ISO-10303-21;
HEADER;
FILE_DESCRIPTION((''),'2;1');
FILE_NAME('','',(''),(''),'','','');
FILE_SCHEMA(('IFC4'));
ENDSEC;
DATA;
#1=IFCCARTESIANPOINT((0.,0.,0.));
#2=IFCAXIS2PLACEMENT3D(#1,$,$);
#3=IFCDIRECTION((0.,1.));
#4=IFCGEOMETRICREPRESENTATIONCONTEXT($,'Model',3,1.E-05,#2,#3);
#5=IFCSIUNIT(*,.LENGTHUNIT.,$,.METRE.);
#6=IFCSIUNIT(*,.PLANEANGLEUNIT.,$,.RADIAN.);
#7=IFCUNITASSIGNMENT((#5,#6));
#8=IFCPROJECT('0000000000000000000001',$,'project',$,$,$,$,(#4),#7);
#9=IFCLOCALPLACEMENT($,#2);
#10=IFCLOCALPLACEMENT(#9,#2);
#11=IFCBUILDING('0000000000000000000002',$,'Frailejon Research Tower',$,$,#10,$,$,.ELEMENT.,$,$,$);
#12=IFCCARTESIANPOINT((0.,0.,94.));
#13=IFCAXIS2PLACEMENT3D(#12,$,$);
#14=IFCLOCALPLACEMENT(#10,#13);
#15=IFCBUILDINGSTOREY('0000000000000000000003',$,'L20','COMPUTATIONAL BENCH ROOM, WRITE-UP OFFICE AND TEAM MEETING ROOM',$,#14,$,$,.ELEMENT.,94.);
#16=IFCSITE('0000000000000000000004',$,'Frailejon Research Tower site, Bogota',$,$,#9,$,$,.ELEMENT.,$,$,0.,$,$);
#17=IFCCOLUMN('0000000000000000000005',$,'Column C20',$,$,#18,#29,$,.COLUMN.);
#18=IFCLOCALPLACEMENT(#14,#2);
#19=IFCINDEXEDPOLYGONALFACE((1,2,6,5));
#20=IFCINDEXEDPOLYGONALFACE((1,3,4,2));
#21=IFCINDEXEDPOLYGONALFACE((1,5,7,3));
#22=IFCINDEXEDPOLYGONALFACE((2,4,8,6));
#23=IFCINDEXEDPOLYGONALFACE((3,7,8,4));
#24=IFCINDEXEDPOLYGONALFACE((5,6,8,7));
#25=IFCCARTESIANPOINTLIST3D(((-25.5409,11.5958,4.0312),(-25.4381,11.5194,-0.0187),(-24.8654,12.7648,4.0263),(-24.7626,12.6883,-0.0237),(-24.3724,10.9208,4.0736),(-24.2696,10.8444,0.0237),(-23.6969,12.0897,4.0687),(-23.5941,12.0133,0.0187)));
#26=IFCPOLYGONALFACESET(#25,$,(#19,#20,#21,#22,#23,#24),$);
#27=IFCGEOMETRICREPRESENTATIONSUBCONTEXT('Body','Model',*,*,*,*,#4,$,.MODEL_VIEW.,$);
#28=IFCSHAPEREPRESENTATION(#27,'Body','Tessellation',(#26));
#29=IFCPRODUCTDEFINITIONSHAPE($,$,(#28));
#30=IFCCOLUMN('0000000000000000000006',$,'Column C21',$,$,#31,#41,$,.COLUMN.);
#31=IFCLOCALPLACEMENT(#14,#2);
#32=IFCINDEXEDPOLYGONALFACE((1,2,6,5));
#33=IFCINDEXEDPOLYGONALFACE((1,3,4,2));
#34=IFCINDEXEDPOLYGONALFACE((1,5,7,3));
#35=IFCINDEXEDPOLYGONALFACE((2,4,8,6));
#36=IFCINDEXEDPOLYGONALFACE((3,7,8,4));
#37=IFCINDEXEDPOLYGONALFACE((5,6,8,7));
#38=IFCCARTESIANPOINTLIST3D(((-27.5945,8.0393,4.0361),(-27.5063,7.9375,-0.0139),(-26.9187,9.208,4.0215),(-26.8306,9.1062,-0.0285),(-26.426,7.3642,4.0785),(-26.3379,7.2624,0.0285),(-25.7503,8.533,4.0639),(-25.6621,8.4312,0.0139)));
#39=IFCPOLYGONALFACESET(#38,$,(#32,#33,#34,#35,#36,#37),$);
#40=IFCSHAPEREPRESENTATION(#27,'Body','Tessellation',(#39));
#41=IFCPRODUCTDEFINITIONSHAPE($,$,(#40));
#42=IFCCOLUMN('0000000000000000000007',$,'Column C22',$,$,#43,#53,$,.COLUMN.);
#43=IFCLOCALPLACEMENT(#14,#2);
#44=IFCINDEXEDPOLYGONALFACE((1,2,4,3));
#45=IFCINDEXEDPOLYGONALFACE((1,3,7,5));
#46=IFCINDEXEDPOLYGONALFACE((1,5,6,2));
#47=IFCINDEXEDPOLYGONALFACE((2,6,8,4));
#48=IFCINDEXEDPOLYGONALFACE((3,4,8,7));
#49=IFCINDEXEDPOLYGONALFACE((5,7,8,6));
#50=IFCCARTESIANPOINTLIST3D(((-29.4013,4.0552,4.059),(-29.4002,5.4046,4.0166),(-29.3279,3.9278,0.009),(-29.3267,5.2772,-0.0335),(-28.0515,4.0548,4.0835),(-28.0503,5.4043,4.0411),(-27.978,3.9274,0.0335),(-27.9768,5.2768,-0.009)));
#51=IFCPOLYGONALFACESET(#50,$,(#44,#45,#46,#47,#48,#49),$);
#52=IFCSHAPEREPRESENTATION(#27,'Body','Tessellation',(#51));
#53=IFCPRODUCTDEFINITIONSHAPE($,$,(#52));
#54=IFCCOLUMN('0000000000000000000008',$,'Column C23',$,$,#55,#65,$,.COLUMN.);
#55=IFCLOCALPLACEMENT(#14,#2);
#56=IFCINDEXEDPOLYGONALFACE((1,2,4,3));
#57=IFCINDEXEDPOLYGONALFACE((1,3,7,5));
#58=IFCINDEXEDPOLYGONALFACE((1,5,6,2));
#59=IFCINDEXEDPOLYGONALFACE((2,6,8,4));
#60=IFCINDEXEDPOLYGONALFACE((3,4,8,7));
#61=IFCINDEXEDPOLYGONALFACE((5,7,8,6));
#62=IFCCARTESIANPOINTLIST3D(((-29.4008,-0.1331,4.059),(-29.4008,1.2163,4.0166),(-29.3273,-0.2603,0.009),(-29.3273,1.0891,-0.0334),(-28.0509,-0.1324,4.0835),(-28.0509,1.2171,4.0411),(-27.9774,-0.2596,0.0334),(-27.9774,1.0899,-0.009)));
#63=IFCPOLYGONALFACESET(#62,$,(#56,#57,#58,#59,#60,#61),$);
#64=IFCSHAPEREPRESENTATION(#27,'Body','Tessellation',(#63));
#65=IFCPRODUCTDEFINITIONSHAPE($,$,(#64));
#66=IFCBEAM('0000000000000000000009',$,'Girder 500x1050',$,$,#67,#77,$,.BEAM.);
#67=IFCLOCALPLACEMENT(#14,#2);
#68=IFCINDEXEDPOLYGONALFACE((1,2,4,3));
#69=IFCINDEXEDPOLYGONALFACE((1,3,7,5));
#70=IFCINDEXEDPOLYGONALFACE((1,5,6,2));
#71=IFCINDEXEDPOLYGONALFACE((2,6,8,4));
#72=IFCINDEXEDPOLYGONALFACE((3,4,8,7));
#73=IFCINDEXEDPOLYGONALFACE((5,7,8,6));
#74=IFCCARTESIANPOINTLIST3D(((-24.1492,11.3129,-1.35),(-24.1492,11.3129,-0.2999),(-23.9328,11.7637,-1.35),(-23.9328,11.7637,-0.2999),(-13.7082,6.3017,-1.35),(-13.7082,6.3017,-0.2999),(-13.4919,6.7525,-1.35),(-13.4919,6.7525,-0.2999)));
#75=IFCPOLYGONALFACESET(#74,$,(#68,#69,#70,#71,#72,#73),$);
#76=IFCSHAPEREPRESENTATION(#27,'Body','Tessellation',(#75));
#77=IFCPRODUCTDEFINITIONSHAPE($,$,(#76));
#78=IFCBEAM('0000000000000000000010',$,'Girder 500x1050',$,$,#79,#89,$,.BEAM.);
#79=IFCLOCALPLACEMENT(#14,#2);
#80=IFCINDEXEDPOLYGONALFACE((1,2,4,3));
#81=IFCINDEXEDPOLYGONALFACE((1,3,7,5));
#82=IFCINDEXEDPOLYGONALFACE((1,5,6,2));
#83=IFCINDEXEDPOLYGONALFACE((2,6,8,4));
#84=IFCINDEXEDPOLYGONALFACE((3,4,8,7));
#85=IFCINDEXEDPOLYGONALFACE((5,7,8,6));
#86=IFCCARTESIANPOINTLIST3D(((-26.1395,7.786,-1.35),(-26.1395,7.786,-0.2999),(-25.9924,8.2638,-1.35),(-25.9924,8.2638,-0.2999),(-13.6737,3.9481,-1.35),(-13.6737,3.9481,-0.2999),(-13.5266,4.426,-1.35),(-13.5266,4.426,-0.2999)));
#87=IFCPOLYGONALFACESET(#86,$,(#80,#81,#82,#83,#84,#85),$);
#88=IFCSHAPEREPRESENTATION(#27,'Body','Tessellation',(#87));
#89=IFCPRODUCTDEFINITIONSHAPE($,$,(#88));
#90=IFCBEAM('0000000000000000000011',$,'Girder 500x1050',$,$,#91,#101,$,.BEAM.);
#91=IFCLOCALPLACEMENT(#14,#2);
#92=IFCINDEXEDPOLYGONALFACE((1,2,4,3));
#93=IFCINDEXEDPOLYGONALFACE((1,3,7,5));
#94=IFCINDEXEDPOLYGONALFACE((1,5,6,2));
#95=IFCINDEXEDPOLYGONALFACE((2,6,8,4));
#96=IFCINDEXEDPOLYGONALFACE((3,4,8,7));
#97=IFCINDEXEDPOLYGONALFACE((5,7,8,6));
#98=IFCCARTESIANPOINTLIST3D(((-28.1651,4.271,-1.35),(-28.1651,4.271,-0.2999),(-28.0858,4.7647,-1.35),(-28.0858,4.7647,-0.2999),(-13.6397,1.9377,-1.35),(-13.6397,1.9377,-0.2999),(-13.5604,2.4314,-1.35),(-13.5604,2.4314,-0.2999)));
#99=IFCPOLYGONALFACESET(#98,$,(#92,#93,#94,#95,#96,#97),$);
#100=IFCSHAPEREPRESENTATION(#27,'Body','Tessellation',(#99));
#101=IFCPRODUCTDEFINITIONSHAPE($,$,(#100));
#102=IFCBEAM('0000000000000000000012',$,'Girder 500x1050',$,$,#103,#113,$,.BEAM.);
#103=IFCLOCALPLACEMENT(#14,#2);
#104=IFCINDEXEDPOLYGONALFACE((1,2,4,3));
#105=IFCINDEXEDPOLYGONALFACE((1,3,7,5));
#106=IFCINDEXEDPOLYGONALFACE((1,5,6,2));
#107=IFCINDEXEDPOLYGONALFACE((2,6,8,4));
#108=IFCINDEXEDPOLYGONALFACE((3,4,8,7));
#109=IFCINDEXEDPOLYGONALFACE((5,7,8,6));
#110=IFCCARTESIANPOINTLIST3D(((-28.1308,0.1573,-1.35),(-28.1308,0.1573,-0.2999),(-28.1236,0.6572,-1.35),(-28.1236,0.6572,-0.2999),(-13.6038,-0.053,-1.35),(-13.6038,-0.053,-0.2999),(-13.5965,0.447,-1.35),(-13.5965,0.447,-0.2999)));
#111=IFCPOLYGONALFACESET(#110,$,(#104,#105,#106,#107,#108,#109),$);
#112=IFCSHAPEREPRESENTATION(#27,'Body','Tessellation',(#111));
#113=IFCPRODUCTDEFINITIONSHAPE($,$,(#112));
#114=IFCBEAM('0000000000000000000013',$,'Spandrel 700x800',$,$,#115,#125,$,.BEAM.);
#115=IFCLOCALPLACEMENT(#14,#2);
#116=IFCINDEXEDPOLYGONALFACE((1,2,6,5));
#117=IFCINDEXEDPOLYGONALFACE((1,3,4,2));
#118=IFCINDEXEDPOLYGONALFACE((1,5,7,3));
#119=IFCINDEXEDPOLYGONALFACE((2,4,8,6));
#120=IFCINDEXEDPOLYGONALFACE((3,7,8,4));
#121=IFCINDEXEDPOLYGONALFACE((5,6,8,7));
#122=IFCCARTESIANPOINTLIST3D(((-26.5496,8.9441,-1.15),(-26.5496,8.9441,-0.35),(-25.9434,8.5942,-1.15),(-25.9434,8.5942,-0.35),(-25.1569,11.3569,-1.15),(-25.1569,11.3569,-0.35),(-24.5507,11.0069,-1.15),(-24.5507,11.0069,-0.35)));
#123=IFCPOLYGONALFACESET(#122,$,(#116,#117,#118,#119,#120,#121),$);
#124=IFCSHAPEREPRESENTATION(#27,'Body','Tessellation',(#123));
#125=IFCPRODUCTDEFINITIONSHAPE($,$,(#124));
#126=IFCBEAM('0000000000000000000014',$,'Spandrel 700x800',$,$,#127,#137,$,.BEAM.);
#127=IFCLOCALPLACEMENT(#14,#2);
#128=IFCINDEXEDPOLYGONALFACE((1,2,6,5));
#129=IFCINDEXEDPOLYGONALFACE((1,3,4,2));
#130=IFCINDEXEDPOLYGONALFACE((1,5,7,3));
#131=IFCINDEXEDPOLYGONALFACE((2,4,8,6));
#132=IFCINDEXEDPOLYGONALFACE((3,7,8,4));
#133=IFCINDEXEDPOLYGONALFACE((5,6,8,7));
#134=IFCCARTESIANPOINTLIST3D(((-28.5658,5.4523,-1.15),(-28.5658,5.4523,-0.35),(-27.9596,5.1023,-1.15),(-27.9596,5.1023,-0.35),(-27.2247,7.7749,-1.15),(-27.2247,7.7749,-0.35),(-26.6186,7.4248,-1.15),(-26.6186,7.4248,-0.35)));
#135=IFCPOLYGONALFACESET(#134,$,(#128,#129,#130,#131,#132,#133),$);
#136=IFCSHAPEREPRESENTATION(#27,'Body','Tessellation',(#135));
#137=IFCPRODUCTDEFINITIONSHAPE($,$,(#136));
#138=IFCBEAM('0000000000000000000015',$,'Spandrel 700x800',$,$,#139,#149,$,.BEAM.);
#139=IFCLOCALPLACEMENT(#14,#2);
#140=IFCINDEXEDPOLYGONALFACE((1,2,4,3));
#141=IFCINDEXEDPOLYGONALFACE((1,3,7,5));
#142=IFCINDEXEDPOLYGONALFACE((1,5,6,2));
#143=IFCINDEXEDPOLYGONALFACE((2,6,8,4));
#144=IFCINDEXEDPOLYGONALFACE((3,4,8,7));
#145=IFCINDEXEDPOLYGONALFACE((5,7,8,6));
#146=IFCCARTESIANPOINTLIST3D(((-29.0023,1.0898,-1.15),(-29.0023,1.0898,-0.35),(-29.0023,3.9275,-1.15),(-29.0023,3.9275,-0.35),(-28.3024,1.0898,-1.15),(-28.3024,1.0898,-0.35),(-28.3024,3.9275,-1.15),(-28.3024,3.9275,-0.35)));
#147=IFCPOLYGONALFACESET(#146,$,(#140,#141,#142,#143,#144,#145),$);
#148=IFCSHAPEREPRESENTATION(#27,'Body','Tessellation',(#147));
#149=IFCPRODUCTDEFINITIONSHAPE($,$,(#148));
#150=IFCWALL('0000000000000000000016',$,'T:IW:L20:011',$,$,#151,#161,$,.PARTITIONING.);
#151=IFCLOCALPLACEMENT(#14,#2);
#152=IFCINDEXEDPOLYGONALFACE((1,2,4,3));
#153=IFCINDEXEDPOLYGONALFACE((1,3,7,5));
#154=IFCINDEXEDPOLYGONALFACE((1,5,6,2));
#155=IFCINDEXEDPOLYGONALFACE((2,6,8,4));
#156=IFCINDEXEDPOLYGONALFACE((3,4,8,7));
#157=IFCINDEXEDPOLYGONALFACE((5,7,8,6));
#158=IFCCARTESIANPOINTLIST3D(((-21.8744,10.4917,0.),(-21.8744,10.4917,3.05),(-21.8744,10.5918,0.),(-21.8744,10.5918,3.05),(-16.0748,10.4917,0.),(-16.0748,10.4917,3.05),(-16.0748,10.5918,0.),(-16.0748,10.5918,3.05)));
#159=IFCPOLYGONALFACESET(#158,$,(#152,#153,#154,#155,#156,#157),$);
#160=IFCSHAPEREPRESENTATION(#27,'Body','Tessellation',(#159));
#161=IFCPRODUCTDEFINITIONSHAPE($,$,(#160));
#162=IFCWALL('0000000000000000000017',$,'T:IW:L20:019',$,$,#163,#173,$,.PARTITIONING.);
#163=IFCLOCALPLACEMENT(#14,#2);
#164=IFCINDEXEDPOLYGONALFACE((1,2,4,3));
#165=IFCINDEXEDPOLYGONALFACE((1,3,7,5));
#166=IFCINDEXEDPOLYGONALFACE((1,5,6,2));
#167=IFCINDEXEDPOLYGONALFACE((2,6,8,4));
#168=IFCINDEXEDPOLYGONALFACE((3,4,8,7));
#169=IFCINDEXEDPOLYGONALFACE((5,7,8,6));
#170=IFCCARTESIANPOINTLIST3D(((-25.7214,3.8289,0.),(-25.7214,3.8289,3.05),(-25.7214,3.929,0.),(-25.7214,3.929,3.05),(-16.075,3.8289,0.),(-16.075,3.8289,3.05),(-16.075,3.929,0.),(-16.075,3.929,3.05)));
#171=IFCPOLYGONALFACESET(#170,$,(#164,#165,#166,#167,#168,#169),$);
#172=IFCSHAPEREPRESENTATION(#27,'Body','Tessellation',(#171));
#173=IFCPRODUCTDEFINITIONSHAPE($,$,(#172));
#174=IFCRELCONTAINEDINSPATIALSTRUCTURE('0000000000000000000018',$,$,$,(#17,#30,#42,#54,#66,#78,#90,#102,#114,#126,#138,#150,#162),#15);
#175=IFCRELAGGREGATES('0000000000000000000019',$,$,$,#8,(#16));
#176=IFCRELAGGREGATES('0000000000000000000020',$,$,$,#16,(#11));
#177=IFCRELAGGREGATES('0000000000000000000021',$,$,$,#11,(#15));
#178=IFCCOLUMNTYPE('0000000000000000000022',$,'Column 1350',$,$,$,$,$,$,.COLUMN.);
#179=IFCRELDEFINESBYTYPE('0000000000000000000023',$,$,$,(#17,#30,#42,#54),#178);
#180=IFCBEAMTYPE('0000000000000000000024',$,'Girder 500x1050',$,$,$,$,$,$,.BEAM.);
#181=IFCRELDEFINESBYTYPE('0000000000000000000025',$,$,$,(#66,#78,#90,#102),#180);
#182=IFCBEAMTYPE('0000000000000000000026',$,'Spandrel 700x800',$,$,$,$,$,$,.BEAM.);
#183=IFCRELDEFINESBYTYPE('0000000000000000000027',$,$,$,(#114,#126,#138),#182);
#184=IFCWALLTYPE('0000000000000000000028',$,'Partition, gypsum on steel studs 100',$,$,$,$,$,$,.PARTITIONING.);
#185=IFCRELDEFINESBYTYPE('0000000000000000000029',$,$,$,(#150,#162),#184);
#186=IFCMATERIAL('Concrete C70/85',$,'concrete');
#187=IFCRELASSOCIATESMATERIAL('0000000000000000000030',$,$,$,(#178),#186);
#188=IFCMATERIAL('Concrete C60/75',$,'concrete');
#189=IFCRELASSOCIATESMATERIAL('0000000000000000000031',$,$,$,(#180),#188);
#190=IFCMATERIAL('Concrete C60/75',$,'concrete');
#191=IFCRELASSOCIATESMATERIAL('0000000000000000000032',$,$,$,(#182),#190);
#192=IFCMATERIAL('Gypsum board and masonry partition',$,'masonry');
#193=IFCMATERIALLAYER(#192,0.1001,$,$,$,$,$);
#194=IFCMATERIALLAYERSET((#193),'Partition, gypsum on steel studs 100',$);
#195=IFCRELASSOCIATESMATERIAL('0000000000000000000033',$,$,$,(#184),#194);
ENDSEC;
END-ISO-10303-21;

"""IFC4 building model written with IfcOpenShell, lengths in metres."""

from ifc_helpers import new_model, si_unit, direction, frame, frame_2d, origin, origin_2d, place, context, subcontext, project, spatial, rectangle, extrude, material, layer, layer_set, material_profile, profile_set, type_object, element, save


model = new_model("IFC4")

# Units and contexts
model_context = context("Model", 3, precision=1e-05, world=origin(), true_north=direction((0.0, 1.0)))
body_context = subcontext(model_context, "Body", "Model", "MODEL_VIEW")
ifc_project = project(units=[si_unit("LENGTHUNIT", "METRE"), si_unit("PLANEANGLEUNIT", "RADIAN")], contexts=[model_context])

# Site, building, storey
site_placement = place(None, origin())
site = spatial("IfcSite", under=ifc_project, at=site_placement, Name="Frailejon Research Tower site, Bogota", CompositionType="ELEMENT", RefElevation=0.0)
building_placement = place(site_placement, origin())
building = spatial("IfcBuilding", under=site, at=building_placement, Name="Frailejon Research Tower", CompositionType="ELEMENT")
storey_placement = place(building_placement, frame((0.0, 0.0, 94.0)))
storey = spatial("IfcBuildingStorey", under=building, at=storey_placement, Name="L20", Description="COMPUTATIONAL BENCH ROOM, WRITE-UP OFFICE AND TEAM MEETING ROOM", CompositionType="ELEMENT", Elevation=94.0)

# Columns
ifc_material_1 = material(Name="Concrete C70/85", Category="concrete")
ifc_material_profile_1 = material_profile(ifc_material_1, rectangle(XDim=1.3501, YDim=1.3501, at=origin_2d()), Name="Column 1350")
ifc_profile_set_1 = profile_set([ifc_material_profile_1], Name="Concrete C70/85")
column_type = type_object("IfcColumnType", Name="Column 1350", PredefinedType="COLUMN", material=ifc_profile_set_1)
column_1_placement = place(storey_placement, frame((-24.5161, 11.7664, 0.0), z_axis=(-0.025366, 0.018858, 0.9995), x_axis=(-0.500322, -0.865832, 0.003639)))
element("IfcColumn", 1, at=column_1_placement, inside=storey, type_object=column_type, Name="Column C20", PredefinedType="COLUMN", context=body_context, shape_type="SweptSolid", body=[
    extrude(rectangle(XDim=1.3501, YDim=1.3501, at=origin_2d()), origin(), (0.0, 0.0, 1.0), 4.052),
])
column_2_placement = place(storey_placement, frame((-26.5842, 8.1843, 0.0), z_axis=(-0.021749, 0.025123, 0.999448), x_axis=(-0.500502, -0.865667, 0.010869)))
element("IfcColumn", 2, at=column_2_placement, inside=storey, type_object=column_type, Name="Column C21", PredefinedType="COLUMN", context=body_context, shape_type="SweptSolid", body=[
    extrude(rectangle(XDim=1.3501, YDim=1.3501, at=origin_2d()), origin(), (0.0, 0.0, 1.0), 4.0522),
])
for number, where, z_axis, x_axis, name in (
    (3, (-28.6523, 4.6023, 0.0), (-0.018133, 0.031446, 0.999341), (-0.000853, -0.999505, 0.031436), "Column C22"),
    (4, (-28.6523, 0.4148, 0.0), (-0.018133, 0.031386, 0.999343), (-0.000022, -0.999507, 0.03139), "Column C23"),
):
    element("IfcColumn", number, at=place(storey_placement, frame(where, z_axis=z_axis, x_axis=x_axis)), inside=storey, type_object=column_type, Name=name, PredefinedType="COLUMN", context=body_context, shape_type="SweptSolid", body=[
        extrude(rectangle(XDim=1.3501, YDim=1.3501, at=origin_2d()), origin(), (0.0, 0.0, 1.0), 4.0527),
    ])

# Beams
ifc_material_2 = material(Name="Concrete C60/75", Category="concrete")
ifc_material_profile_2 = material_profile(ifc_material_2, rectangle(XDim=0.5, YDim=1.05, at=origin_2d()), Name="Girder 500x1050")
ifc_profile_set_2 = profile_set([ifc_material_profile_2], Name="Concrete C60/75")
beam_type_1 = type_object("IfcBeamType", Name="Girder 500x1050", PredefinedType="BEAM", material=ifc_profile_set_2)
beam_1_placement = place(storey_placement, frame((-24.041, 11.5383, -0.825), z_axis=(0.901537, -0.432702, 0.0), x_axis=(0.432702, 0.901537, 0.0)))
element("IfcBeam", 5, at=beam_1_placement, inside=storey, type_object=beam_type_1, Name="Girder 500x1050", PredefinedType="BEAM", context=body_context, shape_type="SweptSolid", body=[
    extrude(rectangle(XDim=0.5, YDim=1.05, at=origin_2d()), origin(), (0.0, 0.0, 1.0), 11.5813),
])
beam_2_placement = place(storey_placement, frame((-26.0659, 8.0249, -0.825), z_axis=(0.95573, -0.294244, 0.0), x_axis=(0.294244, 0.95573, 0.0)))
element("IfcBeam", 6, at=beam_2_placement, inside=storey, type_object=beam_type_1, Name="Girder 500x1050", PredefinedType="BEAM", context=body_context, shape_type="SweptSolid", body=[
    extrude(rectangle(XDim=0.5, YDim=1.05, at=origin_2d()), origin(), (0.0, 0.0, 1.0), 13.0432),
])
beam_3_placement = place(storey_placement, frame((-28.1255, 4.5178, -0.825), z_axis=(0.987343, -0.1586, 0.0), x_axis=(0.1586, 0.987343, 0.0)))
element("IfcBeam", 7, at=beam_3_placement, inside=storey, type_object=beam_type_1, Name="Girder 500x1050", PredefinedType="BEAM", context=body_context, shape_type="SweptSolid", body=[
    extrude(rectangle(XDim=0.5, YDim=1.05, at=origin_2d()), origin(), (0.0, 0.0, 1.0), 14.7117),
])
beam_4_placement = place(storey_placement, frame((-28.1272, 0.4072, -0.825), z_axis=(0.999895, -0.014468, 0.0), x_axis=(0.014468, 0.999895, 0.0)))
element("IfcBeam", 8, at=beam_4_placement, inside=storey, type_object=beam_type_1, Name="Girder 500x1050", PredefinedType="BEAM", context=body_context, shape_type="SweptSolid", body=[
    extrude(rectangle(XDim=0.5, YDim=1.05, at=origin_2d()), origin(), (0.0, 0.0, 1.0), 14.5286),
])
ifc_material_3 = material(Name="Concrete C60/75", Category="concrete")
ifc_material_profile_3 = material_profile(ifc_material_3, rectangle(XDim=0.7, YDim=0.8, at=origin_2d()), Name="Spandrel 700x800")
ifc_profile_set_3 = profile_set([ifc_material_profile_3], Name="Concrete C60/75")
beam_type_2 = type_object("IfcBeamType", Name="Spandrel 700x800", PredefinedType="BEAM", material=ifc_profile_set_3)
beam_5_placement = place(storey_placement, frame((-24.8538, 11.1819, -0.75), z_axis=(-0.499937, -0.866062, 0.0), x_axis=(0.866062, -0.499937, 0.0)))
element("IfcBeam", 9, at=beam_5_placement, inside=storey, type_object=beam_type_2, Name="Spandrel 700x800", PredefinedType="BEAM", context=body_context, shape_type="SweptSolid", body=[
    extrude(rectangle(XDim=0.7, YDim=0.8, at=origin_2d()), origin(), (0.0, 0.0, 1.0), 2.7859),
])
beam_6_placement = place(storey_placement, frame((-26.9216, 7.5999, -0.75), z_axis=(-0.500046, -0.865999, 0.0), x_axis=(0.865999, -0.500046, 0.0)))
element("IfcBeam", 10, at=beam_6_placement, inside=storey, type_object=beam_type_2, Name="Spandrel 700x800", PredefinedType="BEAM", context=body_context, shape_type="SweptSolid", body=[
    extrude(rectangle(XDim=0.7, YDim=0.8, at=origin_2d()), origin(), (0.0, 0.0, 1.0), 2.6819),
])
beam_7_placement = place(storey_placement, frame((-28.6523, 3.9275, -0.75), z_axis=(0.0, -1.0, 0.0), x_axis=(1.0, 0.0, 0.0)))
element("IfcBeam", 11, at=beam_7_placement, inside=storey, type_object=beam_type_2, Name="Spandrel 700x800", PredefinedType="BEAM", context=body_context, shape_type="SweptSolid", body=[
    extrude(rectangle(XDim=0.7, YDim=0.8, at=origin_2d()), origin(), (0.0, 0.0, 1.0), 2.8376),
])

# Walls
ifc_material_4 = material(Name="Gypsum board and masonry partition", Category="masonry")
ifc_layer_1 = layer(ifc_material_4, 0.1001)
ifc_layer_set_1 = layer_set([ifc_layer_1], Name="Partition, gypsum on steel studs 100")
wall_type_1 = type_object("IfcWallType", Name="Partition, gypsum on steel studs 100", PredefinedType="PARTITIONING", material=ifc_layer_set_1)
wall_1_placement = place(storey_placement, frame((-21.8745, 10.5417, 0.0), z_axis=(0.0, 0.0, 1.0), x_axis=(1.0, 0.0, 0.0)))
element("IfcWall", 12, at=wall_1_placement, inside=storey, type_object=wall_type_1, Name="T:IW:L20:011", PredefinedType="PARTITIONING", context=body_context, shape_type="SweptSolid", body=[
    extrude(rectangle(XDim=5.7996, YDim=0.1001, at=frame_2d((2.8999, 0.0))), origin(), (0.0, 0.0, 1.0), 3.05),
])
wall_2_placement = place(storey_placement, frame((-25.7214, 3.8789, 0.0), z_axis=(0.0, 0.0, 1.0), x_axis=(1.0, 0.0, 0.0)))
element("IfcWall", 13, at=wall_2_placement, inside=storey, type_object=wall_type_1, Name="T:IW:L20:019", PredefinedType="PARTITIONING", context=body_context, shape_type="SweptSolid", body=[
    extrude(rectangle(XDim=9.6465, YDim=0.1001, at=frame_2d((4.8232, 0.0))), origin(), (0.0, 0.0, 1.0), 3.05),
])

save(model, "model.ifc")
